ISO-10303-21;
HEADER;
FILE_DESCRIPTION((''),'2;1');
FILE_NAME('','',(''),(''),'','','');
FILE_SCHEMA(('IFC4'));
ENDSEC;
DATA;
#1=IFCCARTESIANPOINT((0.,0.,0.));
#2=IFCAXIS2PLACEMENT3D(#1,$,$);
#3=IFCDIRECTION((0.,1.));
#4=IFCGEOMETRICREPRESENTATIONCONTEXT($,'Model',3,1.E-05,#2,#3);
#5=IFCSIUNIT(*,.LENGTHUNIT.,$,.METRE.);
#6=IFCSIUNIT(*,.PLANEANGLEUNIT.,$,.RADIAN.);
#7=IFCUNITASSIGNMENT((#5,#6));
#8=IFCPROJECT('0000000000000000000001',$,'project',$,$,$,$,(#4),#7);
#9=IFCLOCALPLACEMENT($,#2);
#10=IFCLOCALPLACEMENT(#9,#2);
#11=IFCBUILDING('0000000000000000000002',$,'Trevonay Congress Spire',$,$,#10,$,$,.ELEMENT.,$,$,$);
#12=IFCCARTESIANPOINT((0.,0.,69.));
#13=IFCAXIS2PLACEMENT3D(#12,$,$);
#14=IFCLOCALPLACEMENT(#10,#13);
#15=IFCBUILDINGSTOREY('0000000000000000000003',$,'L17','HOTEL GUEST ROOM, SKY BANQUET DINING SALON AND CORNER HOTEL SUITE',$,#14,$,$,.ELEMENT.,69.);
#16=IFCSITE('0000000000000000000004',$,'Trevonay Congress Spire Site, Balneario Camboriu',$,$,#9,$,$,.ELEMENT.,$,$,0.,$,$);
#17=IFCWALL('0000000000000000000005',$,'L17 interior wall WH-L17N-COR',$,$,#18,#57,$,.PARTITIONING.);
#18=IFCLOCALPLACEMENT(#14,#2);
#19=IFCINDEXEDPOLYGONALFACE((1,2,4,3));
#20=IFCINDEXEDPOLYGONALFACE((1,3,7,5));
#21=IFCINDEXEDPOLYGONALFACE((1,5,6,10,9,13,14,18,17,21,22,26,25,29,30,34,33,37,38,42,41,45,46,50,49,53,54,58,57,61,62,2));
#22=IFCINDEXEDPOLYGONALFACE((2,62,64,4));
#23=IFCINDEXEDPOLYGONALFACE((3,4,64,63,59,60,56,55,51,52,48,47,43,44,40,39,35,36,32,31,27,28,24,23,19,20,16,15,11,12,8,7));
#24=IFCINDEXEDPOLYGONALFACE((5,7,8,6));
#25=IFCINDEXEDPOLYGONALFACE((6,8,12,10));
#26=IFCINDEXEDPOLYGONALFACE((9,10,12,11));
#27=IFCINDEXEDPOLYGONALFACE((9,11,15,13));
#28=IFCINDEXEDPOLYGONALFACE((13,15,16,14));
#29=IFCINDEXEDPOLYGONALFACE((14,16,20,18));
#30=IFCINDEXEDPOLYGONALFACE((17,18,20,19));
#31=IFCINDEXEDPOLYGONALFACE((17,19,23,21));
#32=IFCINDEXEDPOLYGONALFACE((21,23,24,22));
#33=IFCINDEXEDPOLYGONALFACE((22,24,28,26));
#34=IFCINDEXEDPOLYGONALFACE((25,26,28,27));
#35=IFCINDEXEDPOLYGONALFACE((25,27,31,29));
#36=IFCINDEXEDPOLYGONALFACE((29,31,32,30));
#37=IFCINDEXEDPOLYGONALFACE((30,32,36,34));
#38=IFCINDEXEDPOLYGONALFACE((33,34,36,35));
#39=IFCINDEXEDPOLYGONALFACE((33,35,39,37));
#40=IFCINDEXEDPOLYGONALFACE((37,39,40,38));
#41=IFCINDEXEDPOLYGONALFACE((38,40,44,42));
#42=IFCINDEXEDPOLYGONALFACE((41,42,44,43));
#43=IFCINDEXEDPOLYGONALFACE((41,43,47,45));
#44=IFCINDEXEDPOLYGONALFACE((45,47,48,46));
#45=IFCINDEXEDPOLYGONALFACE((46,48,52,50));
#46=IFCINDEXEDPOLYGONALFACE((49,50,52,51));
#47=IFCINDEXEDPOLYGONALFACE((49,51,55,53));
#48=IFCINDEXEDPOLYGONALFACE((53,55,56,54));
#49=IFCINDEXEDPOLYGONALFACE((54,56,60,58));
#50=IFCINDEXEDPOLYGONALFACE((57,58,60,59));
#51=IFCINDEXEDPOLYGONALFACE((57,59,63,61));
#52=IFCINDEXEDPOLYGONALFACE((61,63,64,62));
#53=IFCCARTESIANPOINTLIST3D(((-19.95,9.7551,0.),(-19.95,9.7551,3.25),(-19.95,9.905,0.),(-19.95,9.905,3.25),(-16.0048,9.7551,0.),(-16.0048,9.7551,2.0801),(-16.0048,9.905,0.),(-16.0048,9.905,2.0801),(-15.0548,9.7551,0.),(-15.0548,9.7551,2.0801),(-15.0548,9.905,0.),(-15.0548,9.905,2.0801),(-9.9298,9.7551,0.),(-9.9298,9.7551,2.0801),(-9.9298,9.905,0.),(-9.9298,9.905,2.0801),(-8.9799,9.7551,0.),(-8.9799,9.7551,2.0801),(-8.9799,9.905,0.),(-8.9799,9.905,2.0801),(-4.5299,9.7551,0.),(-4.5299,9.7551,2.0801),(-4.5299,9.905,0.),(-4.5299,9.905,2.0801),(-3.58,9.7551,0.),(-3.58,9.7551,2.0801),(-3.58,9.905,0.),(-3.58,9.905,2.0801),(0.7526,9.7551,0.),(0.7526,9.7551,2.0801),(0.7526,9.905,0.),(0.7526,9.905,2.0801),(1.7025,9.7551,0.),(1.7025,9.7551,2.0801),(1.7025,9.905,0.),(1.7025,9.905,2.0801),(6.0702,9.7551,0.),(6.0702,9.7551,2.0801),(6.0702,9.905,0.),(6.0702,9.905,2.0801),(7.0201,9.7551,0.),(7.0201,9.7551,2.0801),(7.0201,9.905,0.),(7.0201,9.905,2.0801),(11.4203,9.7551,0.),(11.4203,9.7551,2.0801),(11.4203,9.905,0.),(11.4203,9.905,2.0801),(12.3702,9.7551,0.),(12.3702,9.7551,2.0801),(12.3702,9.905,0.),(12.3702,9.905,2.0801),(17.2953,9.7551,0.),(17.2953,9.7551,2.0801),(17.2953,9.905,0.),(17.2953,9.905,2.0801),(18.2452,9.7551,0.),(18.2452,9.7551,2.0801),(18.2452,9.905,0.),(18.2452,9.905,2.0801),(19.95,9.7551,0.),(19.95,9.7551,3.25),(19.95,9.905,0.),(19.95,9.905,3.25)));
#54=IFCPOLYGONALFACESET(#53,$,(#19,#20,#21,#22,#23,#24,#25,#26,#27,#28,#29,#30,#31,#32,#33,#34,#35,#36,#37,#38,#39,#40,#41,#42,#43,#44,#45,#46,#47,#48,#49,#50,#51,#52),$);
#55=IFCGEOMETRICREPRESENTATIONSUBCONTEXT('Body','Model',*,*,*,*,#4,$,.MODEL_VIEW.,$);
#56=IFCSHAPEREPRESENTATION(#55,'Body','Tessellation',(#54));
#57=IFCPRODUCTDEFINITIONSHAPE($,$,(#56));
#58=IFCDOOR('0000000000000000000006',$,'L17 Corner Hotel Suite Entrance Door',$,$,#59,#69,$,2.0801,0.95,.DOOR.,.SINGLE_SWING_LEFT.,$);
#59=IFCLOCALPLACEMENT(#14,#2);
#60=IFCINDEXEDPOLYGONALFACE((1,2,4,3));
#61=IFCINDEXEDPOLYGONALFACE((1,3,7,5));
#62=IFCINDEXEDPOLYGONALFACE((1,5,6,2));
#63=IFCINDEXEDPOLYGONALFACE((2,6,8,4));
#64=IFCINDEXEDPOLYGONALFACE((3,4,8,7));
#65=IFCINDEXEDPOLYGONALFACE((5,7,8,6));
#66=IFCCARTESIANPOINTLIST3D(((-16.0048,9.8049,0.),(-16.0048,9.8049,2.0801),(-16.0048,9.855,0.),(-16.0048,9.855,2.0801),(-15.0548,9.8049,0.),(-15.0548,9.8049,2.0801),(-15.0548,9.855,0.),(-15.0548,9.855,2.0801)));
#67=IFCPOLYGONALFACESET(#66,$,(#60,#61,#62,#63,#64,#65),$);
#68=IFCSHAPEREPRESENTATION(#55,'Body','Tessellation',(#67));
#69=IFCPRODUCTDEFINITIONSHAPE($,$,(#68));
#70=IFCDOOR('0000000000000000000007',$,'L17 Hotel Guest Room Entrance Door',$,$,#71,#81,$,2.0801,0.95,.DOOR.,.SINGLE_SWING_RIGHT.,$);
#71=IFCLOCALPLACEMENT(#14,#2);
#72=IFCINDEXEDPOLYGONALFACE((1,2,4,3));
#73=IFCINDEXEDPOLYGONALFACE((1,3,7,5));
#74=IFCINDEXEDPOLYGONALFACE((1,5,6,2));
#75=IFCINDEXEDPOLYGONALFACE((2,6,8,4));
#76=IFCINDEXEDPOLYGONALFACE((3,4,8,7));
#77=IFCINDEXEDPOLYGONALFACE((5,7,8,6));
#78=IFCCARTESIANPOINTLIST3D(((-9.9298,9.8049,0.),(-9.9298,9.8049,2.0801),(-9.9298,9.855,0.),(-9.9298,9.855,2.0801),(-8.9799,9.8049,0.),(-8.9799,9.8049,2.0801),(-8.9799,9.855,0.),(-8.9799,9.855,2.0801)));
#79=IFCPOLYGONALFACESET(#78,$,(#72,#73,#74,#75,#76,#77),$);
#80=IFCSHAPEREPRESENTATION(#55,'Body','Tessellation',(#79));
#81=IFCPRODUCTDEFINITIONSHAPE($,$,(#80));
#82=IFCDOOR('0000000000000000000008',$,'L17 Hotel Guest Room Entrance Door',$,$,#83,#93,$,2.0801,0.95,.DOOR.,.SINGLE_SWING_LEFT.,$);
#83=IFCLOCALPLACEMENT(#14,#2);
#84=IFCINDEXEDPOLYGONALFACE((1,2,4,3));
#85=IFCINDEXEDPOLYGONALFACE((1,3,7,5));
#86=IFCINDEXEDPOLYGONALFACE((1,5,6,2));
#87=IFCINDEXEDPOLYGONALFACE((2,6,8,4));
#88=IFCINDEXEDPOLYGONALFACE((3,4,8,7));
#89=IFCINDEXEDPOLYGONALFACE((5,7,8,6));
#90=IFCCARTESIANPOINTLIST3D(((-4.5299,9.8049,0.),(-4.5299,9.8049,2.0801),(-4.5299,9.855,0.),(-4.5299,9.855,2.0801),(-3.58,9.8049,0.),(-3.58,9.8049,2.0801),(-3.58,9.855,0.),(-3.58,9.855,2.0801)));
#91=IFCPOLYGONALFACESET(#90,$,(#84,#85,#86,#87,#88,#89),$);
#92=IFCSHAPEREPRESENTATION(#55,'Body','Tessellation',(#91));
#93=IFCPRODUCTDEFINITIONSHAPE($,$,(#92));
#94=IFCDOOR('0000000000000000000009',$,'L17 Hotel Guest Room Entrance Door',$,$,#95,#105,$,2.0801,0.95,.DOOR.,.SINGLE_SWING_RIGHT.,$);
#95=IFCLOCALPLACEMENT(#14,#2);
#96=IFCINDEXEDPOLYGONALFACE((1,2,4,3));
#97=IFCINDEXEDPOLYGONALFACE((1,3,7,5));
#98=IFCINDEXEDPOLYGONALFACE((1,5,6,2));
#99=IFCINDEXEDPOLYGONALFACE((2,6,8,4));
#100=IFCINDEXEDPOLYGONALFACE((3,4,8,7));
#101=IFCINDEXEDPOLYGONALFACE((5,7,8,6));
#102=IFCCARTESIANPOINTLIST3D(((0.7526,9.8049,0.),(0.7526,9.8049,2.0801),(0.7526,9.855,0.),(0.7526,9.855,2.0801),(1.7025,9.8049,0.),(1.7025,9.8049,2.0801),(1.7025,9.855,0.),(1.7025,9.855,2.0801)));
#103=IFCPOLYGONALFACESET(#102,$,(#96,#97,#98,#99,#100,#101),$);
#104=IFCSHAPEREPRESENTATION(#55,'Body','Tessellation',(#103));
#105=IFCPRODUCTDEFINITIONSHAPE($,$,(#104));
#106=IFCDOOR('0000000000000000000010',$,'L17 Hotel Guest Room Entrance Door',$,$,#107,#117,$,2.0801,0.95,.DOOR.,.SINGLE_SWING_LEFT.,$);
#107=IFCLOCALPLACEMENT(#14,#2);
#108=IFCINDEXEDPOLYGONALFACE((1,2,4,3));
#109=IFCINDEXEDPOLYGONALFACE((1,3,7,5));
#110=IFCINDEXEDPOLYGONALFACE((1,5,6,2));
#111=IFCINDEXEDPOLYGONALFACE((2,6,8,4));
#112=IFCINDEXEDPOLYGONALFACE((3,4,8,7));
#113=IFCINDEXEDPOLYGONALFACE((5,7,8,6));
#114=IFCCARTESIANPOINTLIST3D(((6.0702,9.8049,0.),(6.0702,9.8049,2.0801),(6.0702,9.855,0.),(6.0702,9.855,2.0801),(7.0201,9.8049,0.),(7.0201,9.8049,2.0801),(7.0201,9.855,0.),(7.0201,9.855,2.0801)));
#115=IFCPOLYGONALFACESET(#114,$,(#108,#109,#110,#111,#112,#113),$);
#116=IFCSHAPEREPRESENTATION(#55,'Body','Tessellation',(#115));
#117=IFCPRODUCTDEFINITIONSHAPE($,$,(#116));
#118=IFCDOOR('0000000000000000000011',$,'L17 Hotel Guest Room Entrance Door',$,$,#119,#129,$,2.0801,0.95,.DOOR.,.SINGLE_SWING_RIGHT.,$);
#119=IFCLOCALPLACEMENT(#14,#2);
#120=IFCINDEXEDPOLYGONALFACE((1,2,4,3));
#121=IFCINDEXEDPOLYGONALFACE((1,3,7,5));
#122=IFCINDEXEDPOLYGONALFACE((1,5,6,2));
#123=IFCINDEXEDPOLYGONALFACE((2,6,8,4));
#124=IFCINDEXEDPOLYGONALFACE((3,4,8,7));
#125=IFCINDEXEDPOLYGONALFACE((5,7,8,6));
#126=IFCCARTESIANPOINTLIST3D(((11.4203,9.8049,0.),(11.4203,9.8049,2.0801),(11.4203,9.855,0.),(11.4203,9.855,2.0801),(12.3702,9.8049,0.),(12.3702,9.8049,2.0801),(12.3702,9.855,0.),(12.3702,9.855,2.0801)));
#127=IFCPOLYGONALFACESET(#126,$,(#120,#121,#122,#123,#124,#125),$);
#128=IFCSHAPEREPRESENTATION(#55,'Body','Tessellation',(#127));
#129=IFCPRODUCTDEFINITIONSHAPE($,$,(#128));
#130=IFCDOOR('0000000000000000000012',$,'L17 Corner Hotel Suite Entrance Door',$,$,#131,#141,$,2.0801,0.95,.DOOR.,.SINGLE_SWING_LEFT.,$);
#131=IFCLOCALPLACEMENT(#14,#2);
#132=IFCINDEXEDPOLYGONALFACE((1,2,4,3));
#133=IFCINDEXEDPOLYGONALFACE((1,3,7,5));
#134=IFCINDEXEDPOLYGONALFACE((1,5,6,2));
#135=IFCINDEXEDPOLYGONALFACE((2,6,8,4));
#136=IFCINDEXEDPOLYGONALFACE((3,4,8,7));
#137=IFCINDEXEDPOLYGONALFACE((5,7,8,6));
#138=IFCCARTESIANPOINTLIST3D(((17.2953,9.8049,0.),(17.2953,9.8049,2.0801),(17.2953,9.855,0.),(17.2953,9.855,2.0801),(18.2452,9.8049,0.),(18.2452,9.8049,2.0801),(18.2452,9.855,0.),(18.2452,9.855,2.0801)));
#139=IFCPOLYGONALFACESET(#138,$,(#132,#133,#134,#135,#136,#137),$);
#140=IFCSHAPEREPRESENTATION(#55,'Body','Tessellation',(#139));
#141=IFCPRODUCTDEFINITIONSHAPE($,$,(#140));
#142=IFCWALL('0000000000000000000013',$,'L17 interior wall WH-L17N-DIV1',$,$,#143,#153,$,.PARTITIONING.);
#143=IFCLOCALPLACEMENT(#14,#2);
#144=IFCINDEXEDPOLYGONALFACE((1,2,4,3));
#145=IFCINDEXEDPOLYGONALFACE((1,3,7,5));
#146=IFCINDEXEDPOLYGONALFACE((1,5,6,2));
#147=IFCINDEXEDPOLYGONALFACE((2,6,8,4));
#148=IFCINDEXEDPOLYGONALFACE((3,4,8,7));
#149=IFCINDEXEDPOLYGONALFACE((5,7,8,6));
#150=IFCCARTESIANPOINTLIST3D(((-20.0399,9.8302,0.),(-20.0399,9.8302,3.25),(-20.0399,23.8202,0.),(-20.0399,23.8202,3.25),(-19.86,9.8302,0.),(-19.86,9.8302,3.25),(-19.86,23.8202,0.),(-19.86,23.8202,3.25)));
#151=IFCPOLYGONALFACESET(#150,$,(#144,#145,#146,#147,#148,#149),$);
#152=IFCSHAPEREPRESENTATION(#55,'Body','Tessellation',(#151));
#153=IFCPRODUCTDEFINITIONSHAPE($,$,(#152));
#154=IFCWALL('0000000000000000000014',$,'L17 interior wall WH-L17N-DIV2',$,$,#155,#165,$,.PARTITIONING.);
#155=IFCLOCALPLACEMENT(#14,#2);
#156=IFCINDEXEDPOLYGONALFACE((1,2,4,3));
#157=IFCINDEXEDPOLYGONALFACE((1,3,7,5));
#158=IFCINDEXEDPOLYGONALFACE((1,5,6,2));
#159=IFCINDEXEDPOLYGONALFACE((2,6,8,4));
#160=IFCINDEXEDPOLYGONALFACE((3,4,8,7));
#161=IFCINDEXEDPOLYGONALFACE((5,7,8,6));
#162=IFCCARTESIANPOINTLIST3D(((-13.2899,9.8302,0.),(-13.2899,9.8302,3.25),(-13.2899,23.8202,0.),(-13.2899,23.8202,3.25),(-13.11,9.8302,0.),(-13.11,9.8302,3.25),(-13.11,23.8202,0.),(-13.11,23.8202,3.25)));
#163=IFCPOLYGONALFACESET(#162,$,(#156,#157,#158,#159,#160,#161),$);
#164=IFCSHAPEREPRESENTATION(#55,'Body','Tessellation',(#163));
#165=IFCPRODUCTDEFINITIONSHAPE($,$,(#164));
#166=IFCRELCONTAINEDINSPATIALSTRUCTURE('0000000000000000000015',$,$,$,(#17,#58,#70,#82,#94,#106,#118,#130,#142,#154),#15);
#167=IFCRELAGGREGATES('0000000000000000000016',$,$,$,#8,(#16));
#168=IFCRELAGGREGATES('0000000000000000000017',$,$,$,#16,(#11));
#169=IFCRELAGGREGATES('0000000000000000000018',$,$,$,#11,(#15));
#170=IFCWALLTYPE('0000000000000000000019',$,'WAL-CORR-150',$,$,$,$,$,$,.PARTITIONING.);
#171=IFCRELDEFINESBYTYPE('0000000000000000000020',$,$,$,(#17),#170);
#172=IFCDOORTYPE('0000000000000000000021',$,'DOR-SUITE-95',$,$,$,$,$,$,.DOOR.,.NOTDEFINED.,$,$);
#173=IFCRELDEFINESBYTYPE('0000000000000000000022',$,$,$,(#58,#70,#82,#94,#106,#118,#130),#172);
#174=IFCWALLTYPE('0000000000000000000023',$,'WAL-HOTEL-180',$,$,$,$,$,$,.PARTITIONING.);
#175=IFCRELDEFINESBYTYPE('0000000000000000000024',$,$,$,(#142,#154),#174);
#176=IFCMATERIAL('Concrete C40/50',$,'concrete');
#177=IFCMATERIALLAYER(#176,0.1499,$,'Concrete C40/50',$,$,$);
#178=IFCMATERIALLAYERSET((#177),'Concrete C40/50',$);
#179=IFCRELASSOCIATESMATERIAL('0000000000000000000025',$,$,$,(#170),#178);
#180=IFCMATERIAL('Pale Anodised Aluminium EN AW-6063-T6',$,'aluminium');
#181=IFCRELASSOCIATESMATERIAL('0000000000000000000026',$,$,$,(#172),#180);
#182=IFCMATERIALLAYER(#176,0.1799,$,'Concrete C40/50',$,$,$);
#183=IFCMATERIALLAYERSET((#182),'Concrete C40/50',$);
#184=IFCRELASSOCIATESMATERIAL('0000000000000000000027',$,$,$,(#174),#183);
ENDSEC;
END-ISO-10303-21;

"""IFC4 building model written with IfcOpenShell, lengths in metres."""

from ifc_helpers import new_model, si_unit, direction, frame, frame_2d, origin, place, context, subcontext, project, spatial, rectangle, extrude, material, layer, layer_set, type_object, element, fill, save


model = new_model("IFC4")

# Units and contexts
model_context = context("Model", 3, precision=1e-05, world=origin(), true_north=direction((0.0, 1.0)))
body_context = subcontext(model_context, "Body", "Model", "MODEL_VIEW")
ifc_project = project(units=[si_unit("LENGTHUNIT", "METRE"), si_unit("PLANEANGLEUNIT", "RADIAN")], contexts=[model_context])

# Site, building, storey
site_placement = place(None, origin())
site = spatial("IfcSite", under=ifc_project, at=site_placement, Name="Trevonay Congress Spire Site, Balneario Camboriu", CompositionType="ELEMENT", RefElevation=0.0)
building_placement = place(site_placement, origin())
building = spatial("IfcBuilding", under=site, at=building_placement, Name="Trevonay Congress Spire", CompositionType="ELEMENT")
storey_placement = place(building_placement, frame((0.0, 0.0, 69.0)))
storey = spatial("IfcBuildingStorey", under=building, at=storey_placement, Name="L17", Description="HOTEL GUEST ROOM, SKY BANQUET DINING SALON AND CORNER HOTEL SUITE", CompositionType="ELEMENT", Elevation=69.0)

# Shared definitions
ifc_material_1 = material(Name="Concrete C40/50", Category="concrete")
ifc_material_2 = material(Name="Pale Anodised Aluminium EN AW-6063-T6", Category="aluminium")

# Wall, openings, doors
ifc_layer_1 = layer(ifc_material_1, 0.1499, Name="Concrete C40/50")
ifc_layer_set_1 = layer_set([ifc_layer_1], Name="Concrete C40/50")
wall_type_1 = type_object("IfcWallType", Name="WAL-CORR-150", PredefinedType="PARTITIONING", material=ifc_layer_set_1)
wall_1_placement = place(storey_placement, frame((-19.95, 9.8301, 0.0), z_axis=(0.0, 0.0, 1.0), x_axis=(1.0, 0.0, 0.0)))
wall_1 = element("IfcWall", 1, at=wall_1_placement, inside=storey, type_object=wall_type_1, Name="L17 interior wall WH-L17N-COR", PredefinedType="PARTITIONING", context=body_context, shape_type="SweptSolid", body=[
    extrude(rectangle(XDim=39.8999, YDim=0.1499, at=frame_2d((19.95, 0.0))), origin(), (0.0, 0.0, 1.0), 3.25),
])
opening_1_placement = place(wall_1_placement, frame((3.9451, 0.0, 0.0)))
opening_1 = element("IfcOpeningElement", 2, at=opening_1_placement, cuts=wall_1, PredefinedType="OPENING", context=body_context, shape_type="SweptSolid", body=[
    extrude(rectangle(XDim=0.95, YDim=2.0801, at=frame_2d((0.4751, 1.04))), frame((0.0, 0.085, 0.0), z_axis=(0.0, -1.0, 0.0), x_axis=(1.0, 0.0, 0.0)), (0.0, 0.0, 1.0), 0.1699),
])
opening_2_placement = place(wall_1_placement, frame((10.02, 0.0, 0.0)))
opening_2 = element("IfcOpeningElement", 3, at=opening_2_placement, cuts=wall_1, PredefinedType="OPENING", context=body_context, shape_type="SweptSolid", body=[
    extrude(rectangle(XDim=0.95, YDim=2.0801, at=frame_2d((0.4751, 1.04))), frame((0.0, 0.085, 0.0), z_axis=(0.0, -1.0, 0.0), x_axis=(1.0, 0.0, 0.0)), (0.0, 0.0, 1.0), 0.1699),
])
opening_3_placement = place(wall_1_placement, frame((15.4199, 0.0, 0.0)))
opening_3 = element("IfcOpeningElement", 4, at=opening_3_placement, cuts=wall_1, PredefinedType="OPENING", context=body_context, shape_type="SweptSolid", body=[
    extrude(rectangle(XDim=0.95, YDim=2.0801, at=frame_2d((0.4751, 1.04))), frame((0.0, 0.085, 0.0), z_axis=(0.0, -1.0, 0.0), x_axis=(1.0, 0.0, 0.0)), (0.0, 0.0, 1.0), 0.1699),
])
opening_4_placement = place(wall_1_placement, frame((20.7024, 0.0, 0.0)))
opening_4 = element("IfcOpeningElement", 5, at=opening_4_placement, cuts=wall_1, PredefinedType="OPENING", context=body_context, shape_type="SweptSolid", body=[
    extrude(rectangle(XDim=0.95, YDim=2.0801, at=frame_2d((0.4751, 1.04))), frame((0.0, 0.085, 0.0), z_axis=(0.0, -1.0, 0.0), x_axis=(1.0, 0.0, 0.0)), (0.0, 0.0, 1.0), 0.1699),
])
opening_5_placement = place(wall_1_placement, frame((26.02, 0.0, 0.0)))
opening_5 = element("IfcOpeningElement", 6, at=opening_5_placement, cuts=wall_1, PredefinedType="OPENING", context=body_context, shape_type="SweptSolid", body=[
    extrude(rectangle(XDim=0.95, YDim=2.0801, at=frame_2d((0.4751, 1.04))), frame((0.0, 0.085, 0.0), z_axis=(0.0, -1.0, 0.0), x_axis=(1.0, 0.0, 0.0)), (0.0, 0.0, 1.0), 0.1699),
])
opening_6_placement = place(wall_1_placement, frame((31.3701, 0.0, 0.0)))
opening_6 = element("IfcOpeningElement", 7, at=opening_6_placement, cuts=wall_1, PredefinedType="OPENING", context=body_context, shape_type="SweptSolid", body=[
    extrude(rectangle(XDim=0.95, YDim=2.0801, at=frame_2d((0.4751, 1.04))), frame((0.0, 0.085, 0.0), z_axis=(0.0, -1.0, 0.0), x_axis=(1.0, 0.0, 0.0)), (0.0, 0.0, 1.0), 0.1699),
])
opening_7_placement = place(wall_1_placement, frame((37.2451, 0.0, 0.0)))
opening_7 = element("IfcOpeningElement", 8, at=opening_7_placement, cuts=wall_1, PredefinedType="OPENING", context=body_context, shape_type="SweptSolid", body=[
    extrude(rectangle(XDim=0.95, YDim=2.0801, at=frame_2d((0.4751, 1.04))), frame((0.0, 0.085, 0.0), z_axis=(0.0, -1.0, 0.0), x_axis=(1.0, 0.0, 0.0)), (0.0, 0.0, 1.0), 0.1699),
])
door_type_1 = type_object("IfcDoorType", Name="DOR-SUITE-95", OperationType="NOTDEFINED", PredefinedType="DOOR", material=ifc_material_2)
door_1_placement = place(opening_1_placement, origin())
door_1 = element("IfcDoor", 9, at=door_1_placement, inside=storey, type_object=door_type_1, Name="L17 Corner Hotel Suite Entrance Door", OperationType="SINGLE_SWING_LEFT", OverallHeight=2.0801, OverallWidth=0.95, PredefinedType="DOOR", context=body_context, shape_type="SweptSolid", body=[
    extrude(rectangle(XDim=0.95, YDim=2.0801, at=frame_2d((0.4751, 1.04))), frame((0.0, 0.0249, 0.0), z_axis=(0.0, -1.0, 0.0), x_axis=(1.0, 0.0, 0.0)), (0.0, 0.0, 1.0), 0.05),
])
fill(opening_1, door_1)
door_2_placement = place(opening_2_placement, origin())
door_2 = element("IfcDoor", 10, at=door_2_placement, inside=storey, type_object=door_type_1, Name="L17 Hotel Guest Room Entrance Door", OperationType="SINGLE_SWING_RIGHT", OverallHeight=2.0801, OverallWidth=0.95, PredefinedType="DOOR", context=body_context, shape_type="SweptSolid", body=[
    extrude(rectangle(XDim=0.95, YDim=2.0801, at=frame_2d((0.4751, 1.04))), frame((0.0, 0.0249, 0.0), z_axis=(0.0, -1.0, 0.0), x_axis=(1.0, 0.0, 0.0)), (0.0, 0.0, 1.0), 0.05),
])
fill(opening_2, door_2)
door_3_placement = place(opening_3_placement, origin())
door_3 = element("IfcDoor", 11, at=door_3_placement, inside=storey, type_object=door_type_1, Name="L17 Hotel Guest Room Entrance Door", OperationType="SINGLE_SWING_LEFT", OverallHeight=2.0801, OverallWidth=0.95, PredefinedType="DOOR", context=body_context, shape_type="SweptSolid", body=[
    extrude(rectangle(XDim=0.95, YDim=2.0801, at=frame_2d((0.4751, 1.04))), frame((0.0, 0.0249, 0.0), z_axis=(0.0, -1.0, 0.0), x_axis=(1.0, 0.0, 0.0)), (0.0, 0.0, 1.0), 0.05),
])
fill(opening_3, door_3)
door_4_placement = place(opening_4_placement, origin())
door_4 = element("IfcDoor", 12, at=door_4_placement, inside=storey, type_object=door_type_1, Name="L17 Hotel Guest Room Entrance Door", OperationType="SINGLE_SWING_RIGHT", OverallHeight=2.0801, OverallWidth=0.95, PredefinedType="DOOR", context=body_context, shape_type="SweptSolid", body=[
    extrude(rectangle(XDim=0.95, YDim=2.0801, at=frame_2d((0.4751, 1.04))), frame((0.0, 0.0249, 0.0), z_axis=(0.0, -1.0, 0.0), x_axis=(1.0, 0.0, 0.0)), (0.0, 0.0, 1.0), 0.05),
])
fill(opening_4, door_4)
door_5_placement = place(opening_5_placement, origin())
door_5 = element("IfcDoor", 13, at=door_5_placement, inside=storey, type_object=door_type_1, Name="L17 Hotel Guest Room Entrance Door", OperationType="SINGLE_SWING_LEFT", OverallHeight=2.0801, OverallWidth=0.95, PredefinedType="DOOR", context=body_context, shape_type="SweptSolid", body=[
    extrude(rectangle(XDim=0.95, YDim=2.0801, at=frame_2d((0.4751, 1.04))), frame((0.0, 0.0249, 0.0), z_axis=(0.0, -1.0, 0.0), x_axis=(1.0, 0.0, 0.0)), (0.0, 0.0, 1.0), 0.05),
])
fill(opening_5, door_5)
door_6_placement = place(opening_6_placement, origin())
door_6 = element("IfcDoor", 14, at=door_6_placement, inside=storey, type_object=door_type_1, Name="L17 Hotel Guest Room Entrance Door", OperationType="SINGLE_SWING_RIGHT", OverallHeight=2.0801, OverallWidth=0.95, PredefinedType="DOOR", context=body_context, shape_type="SweptSolid", body=[
    extrude(rectangle(XDim=0.95, YDim=2.0801, at=frame_2d((0.4751, 1.04))), frame((0.0, 0.0249, 0.0), z_axis=(0.0, -1.0, 0.0), x_axis=(1.0, 0.0, 0.0)), (0.0, 0.0, 1.0), 0.05),
])
fill(opening_6, door_6)
door_7_placement = place(opening_7_placement, origin())
door_7 = element("IfcDoor", 15, at=door_7_placement, inside=storey, type_object=door_type_1, Name="L17 Corner Hotel Suite Entrance Door", OperationType="SINGLE_SWING_LEFT", OverallHeight=2.0801, OverallWidth=0.95, PredefinedType="DOOR", context=body_context, shape_type="SweptSolid", body=[
    extrude(rectangle(XDim=0.95, YDim=2.0801, at=frame_2d((0.4751, 1.04))), frame((0.0, 0.0249, 0.0), z_axis=(0.0, -1.0, 0.0), x_axis=(1.0, 0.0, 0.0)), (0.0, 0.0, 1.0), 0.05),
])
fill(opening_7, door_7)

# Walls
ifc_layer_2 = layer(ifc_material_1, 0.1799, Name="Concrete C40/50")
ifc_layer_set_2 = layer_set([ifc_layer_2], Name="Concrete C40/50")
wall_type_2 = type_object("IfcWallType", Name="WAL-HOTEL-180", PredefinedType="PARTITIONING", material=ifc_layer_set_2)
for number, where, z_axis, x_axis, name in (
    (16, (-19.95, 9.8301, 0.0), (0.0, 0.0, 1.0), (0.0, 1.0, 0.0), "L17 interior wall WH-L17N-DIV1"),
    (17, (-13.2, 9.8301, 0.0), (0.0, 0.0, 1.0), (0.0, 1.0, 0.0), "L17 interior wall WH-L17N-DIV2"),
):
    element("IfcWall", number, at=place(storey_placement, frame(where, z_axis=z_axis, x_axis=x_axis)), inside=storey, type_object=wall_type_2, Name=name, PredefinedType="PARTITIONING", context=body_context, shape_type="SweptSolid", body=[
        extrude(rectangle(XDim=13.99, YDim=0.1799, at=frame_2d((6.9951, 0.0))), origin(), (0.0, 0.0, 1.0), 3.25),
    ])

save(model, "model.ifc")
